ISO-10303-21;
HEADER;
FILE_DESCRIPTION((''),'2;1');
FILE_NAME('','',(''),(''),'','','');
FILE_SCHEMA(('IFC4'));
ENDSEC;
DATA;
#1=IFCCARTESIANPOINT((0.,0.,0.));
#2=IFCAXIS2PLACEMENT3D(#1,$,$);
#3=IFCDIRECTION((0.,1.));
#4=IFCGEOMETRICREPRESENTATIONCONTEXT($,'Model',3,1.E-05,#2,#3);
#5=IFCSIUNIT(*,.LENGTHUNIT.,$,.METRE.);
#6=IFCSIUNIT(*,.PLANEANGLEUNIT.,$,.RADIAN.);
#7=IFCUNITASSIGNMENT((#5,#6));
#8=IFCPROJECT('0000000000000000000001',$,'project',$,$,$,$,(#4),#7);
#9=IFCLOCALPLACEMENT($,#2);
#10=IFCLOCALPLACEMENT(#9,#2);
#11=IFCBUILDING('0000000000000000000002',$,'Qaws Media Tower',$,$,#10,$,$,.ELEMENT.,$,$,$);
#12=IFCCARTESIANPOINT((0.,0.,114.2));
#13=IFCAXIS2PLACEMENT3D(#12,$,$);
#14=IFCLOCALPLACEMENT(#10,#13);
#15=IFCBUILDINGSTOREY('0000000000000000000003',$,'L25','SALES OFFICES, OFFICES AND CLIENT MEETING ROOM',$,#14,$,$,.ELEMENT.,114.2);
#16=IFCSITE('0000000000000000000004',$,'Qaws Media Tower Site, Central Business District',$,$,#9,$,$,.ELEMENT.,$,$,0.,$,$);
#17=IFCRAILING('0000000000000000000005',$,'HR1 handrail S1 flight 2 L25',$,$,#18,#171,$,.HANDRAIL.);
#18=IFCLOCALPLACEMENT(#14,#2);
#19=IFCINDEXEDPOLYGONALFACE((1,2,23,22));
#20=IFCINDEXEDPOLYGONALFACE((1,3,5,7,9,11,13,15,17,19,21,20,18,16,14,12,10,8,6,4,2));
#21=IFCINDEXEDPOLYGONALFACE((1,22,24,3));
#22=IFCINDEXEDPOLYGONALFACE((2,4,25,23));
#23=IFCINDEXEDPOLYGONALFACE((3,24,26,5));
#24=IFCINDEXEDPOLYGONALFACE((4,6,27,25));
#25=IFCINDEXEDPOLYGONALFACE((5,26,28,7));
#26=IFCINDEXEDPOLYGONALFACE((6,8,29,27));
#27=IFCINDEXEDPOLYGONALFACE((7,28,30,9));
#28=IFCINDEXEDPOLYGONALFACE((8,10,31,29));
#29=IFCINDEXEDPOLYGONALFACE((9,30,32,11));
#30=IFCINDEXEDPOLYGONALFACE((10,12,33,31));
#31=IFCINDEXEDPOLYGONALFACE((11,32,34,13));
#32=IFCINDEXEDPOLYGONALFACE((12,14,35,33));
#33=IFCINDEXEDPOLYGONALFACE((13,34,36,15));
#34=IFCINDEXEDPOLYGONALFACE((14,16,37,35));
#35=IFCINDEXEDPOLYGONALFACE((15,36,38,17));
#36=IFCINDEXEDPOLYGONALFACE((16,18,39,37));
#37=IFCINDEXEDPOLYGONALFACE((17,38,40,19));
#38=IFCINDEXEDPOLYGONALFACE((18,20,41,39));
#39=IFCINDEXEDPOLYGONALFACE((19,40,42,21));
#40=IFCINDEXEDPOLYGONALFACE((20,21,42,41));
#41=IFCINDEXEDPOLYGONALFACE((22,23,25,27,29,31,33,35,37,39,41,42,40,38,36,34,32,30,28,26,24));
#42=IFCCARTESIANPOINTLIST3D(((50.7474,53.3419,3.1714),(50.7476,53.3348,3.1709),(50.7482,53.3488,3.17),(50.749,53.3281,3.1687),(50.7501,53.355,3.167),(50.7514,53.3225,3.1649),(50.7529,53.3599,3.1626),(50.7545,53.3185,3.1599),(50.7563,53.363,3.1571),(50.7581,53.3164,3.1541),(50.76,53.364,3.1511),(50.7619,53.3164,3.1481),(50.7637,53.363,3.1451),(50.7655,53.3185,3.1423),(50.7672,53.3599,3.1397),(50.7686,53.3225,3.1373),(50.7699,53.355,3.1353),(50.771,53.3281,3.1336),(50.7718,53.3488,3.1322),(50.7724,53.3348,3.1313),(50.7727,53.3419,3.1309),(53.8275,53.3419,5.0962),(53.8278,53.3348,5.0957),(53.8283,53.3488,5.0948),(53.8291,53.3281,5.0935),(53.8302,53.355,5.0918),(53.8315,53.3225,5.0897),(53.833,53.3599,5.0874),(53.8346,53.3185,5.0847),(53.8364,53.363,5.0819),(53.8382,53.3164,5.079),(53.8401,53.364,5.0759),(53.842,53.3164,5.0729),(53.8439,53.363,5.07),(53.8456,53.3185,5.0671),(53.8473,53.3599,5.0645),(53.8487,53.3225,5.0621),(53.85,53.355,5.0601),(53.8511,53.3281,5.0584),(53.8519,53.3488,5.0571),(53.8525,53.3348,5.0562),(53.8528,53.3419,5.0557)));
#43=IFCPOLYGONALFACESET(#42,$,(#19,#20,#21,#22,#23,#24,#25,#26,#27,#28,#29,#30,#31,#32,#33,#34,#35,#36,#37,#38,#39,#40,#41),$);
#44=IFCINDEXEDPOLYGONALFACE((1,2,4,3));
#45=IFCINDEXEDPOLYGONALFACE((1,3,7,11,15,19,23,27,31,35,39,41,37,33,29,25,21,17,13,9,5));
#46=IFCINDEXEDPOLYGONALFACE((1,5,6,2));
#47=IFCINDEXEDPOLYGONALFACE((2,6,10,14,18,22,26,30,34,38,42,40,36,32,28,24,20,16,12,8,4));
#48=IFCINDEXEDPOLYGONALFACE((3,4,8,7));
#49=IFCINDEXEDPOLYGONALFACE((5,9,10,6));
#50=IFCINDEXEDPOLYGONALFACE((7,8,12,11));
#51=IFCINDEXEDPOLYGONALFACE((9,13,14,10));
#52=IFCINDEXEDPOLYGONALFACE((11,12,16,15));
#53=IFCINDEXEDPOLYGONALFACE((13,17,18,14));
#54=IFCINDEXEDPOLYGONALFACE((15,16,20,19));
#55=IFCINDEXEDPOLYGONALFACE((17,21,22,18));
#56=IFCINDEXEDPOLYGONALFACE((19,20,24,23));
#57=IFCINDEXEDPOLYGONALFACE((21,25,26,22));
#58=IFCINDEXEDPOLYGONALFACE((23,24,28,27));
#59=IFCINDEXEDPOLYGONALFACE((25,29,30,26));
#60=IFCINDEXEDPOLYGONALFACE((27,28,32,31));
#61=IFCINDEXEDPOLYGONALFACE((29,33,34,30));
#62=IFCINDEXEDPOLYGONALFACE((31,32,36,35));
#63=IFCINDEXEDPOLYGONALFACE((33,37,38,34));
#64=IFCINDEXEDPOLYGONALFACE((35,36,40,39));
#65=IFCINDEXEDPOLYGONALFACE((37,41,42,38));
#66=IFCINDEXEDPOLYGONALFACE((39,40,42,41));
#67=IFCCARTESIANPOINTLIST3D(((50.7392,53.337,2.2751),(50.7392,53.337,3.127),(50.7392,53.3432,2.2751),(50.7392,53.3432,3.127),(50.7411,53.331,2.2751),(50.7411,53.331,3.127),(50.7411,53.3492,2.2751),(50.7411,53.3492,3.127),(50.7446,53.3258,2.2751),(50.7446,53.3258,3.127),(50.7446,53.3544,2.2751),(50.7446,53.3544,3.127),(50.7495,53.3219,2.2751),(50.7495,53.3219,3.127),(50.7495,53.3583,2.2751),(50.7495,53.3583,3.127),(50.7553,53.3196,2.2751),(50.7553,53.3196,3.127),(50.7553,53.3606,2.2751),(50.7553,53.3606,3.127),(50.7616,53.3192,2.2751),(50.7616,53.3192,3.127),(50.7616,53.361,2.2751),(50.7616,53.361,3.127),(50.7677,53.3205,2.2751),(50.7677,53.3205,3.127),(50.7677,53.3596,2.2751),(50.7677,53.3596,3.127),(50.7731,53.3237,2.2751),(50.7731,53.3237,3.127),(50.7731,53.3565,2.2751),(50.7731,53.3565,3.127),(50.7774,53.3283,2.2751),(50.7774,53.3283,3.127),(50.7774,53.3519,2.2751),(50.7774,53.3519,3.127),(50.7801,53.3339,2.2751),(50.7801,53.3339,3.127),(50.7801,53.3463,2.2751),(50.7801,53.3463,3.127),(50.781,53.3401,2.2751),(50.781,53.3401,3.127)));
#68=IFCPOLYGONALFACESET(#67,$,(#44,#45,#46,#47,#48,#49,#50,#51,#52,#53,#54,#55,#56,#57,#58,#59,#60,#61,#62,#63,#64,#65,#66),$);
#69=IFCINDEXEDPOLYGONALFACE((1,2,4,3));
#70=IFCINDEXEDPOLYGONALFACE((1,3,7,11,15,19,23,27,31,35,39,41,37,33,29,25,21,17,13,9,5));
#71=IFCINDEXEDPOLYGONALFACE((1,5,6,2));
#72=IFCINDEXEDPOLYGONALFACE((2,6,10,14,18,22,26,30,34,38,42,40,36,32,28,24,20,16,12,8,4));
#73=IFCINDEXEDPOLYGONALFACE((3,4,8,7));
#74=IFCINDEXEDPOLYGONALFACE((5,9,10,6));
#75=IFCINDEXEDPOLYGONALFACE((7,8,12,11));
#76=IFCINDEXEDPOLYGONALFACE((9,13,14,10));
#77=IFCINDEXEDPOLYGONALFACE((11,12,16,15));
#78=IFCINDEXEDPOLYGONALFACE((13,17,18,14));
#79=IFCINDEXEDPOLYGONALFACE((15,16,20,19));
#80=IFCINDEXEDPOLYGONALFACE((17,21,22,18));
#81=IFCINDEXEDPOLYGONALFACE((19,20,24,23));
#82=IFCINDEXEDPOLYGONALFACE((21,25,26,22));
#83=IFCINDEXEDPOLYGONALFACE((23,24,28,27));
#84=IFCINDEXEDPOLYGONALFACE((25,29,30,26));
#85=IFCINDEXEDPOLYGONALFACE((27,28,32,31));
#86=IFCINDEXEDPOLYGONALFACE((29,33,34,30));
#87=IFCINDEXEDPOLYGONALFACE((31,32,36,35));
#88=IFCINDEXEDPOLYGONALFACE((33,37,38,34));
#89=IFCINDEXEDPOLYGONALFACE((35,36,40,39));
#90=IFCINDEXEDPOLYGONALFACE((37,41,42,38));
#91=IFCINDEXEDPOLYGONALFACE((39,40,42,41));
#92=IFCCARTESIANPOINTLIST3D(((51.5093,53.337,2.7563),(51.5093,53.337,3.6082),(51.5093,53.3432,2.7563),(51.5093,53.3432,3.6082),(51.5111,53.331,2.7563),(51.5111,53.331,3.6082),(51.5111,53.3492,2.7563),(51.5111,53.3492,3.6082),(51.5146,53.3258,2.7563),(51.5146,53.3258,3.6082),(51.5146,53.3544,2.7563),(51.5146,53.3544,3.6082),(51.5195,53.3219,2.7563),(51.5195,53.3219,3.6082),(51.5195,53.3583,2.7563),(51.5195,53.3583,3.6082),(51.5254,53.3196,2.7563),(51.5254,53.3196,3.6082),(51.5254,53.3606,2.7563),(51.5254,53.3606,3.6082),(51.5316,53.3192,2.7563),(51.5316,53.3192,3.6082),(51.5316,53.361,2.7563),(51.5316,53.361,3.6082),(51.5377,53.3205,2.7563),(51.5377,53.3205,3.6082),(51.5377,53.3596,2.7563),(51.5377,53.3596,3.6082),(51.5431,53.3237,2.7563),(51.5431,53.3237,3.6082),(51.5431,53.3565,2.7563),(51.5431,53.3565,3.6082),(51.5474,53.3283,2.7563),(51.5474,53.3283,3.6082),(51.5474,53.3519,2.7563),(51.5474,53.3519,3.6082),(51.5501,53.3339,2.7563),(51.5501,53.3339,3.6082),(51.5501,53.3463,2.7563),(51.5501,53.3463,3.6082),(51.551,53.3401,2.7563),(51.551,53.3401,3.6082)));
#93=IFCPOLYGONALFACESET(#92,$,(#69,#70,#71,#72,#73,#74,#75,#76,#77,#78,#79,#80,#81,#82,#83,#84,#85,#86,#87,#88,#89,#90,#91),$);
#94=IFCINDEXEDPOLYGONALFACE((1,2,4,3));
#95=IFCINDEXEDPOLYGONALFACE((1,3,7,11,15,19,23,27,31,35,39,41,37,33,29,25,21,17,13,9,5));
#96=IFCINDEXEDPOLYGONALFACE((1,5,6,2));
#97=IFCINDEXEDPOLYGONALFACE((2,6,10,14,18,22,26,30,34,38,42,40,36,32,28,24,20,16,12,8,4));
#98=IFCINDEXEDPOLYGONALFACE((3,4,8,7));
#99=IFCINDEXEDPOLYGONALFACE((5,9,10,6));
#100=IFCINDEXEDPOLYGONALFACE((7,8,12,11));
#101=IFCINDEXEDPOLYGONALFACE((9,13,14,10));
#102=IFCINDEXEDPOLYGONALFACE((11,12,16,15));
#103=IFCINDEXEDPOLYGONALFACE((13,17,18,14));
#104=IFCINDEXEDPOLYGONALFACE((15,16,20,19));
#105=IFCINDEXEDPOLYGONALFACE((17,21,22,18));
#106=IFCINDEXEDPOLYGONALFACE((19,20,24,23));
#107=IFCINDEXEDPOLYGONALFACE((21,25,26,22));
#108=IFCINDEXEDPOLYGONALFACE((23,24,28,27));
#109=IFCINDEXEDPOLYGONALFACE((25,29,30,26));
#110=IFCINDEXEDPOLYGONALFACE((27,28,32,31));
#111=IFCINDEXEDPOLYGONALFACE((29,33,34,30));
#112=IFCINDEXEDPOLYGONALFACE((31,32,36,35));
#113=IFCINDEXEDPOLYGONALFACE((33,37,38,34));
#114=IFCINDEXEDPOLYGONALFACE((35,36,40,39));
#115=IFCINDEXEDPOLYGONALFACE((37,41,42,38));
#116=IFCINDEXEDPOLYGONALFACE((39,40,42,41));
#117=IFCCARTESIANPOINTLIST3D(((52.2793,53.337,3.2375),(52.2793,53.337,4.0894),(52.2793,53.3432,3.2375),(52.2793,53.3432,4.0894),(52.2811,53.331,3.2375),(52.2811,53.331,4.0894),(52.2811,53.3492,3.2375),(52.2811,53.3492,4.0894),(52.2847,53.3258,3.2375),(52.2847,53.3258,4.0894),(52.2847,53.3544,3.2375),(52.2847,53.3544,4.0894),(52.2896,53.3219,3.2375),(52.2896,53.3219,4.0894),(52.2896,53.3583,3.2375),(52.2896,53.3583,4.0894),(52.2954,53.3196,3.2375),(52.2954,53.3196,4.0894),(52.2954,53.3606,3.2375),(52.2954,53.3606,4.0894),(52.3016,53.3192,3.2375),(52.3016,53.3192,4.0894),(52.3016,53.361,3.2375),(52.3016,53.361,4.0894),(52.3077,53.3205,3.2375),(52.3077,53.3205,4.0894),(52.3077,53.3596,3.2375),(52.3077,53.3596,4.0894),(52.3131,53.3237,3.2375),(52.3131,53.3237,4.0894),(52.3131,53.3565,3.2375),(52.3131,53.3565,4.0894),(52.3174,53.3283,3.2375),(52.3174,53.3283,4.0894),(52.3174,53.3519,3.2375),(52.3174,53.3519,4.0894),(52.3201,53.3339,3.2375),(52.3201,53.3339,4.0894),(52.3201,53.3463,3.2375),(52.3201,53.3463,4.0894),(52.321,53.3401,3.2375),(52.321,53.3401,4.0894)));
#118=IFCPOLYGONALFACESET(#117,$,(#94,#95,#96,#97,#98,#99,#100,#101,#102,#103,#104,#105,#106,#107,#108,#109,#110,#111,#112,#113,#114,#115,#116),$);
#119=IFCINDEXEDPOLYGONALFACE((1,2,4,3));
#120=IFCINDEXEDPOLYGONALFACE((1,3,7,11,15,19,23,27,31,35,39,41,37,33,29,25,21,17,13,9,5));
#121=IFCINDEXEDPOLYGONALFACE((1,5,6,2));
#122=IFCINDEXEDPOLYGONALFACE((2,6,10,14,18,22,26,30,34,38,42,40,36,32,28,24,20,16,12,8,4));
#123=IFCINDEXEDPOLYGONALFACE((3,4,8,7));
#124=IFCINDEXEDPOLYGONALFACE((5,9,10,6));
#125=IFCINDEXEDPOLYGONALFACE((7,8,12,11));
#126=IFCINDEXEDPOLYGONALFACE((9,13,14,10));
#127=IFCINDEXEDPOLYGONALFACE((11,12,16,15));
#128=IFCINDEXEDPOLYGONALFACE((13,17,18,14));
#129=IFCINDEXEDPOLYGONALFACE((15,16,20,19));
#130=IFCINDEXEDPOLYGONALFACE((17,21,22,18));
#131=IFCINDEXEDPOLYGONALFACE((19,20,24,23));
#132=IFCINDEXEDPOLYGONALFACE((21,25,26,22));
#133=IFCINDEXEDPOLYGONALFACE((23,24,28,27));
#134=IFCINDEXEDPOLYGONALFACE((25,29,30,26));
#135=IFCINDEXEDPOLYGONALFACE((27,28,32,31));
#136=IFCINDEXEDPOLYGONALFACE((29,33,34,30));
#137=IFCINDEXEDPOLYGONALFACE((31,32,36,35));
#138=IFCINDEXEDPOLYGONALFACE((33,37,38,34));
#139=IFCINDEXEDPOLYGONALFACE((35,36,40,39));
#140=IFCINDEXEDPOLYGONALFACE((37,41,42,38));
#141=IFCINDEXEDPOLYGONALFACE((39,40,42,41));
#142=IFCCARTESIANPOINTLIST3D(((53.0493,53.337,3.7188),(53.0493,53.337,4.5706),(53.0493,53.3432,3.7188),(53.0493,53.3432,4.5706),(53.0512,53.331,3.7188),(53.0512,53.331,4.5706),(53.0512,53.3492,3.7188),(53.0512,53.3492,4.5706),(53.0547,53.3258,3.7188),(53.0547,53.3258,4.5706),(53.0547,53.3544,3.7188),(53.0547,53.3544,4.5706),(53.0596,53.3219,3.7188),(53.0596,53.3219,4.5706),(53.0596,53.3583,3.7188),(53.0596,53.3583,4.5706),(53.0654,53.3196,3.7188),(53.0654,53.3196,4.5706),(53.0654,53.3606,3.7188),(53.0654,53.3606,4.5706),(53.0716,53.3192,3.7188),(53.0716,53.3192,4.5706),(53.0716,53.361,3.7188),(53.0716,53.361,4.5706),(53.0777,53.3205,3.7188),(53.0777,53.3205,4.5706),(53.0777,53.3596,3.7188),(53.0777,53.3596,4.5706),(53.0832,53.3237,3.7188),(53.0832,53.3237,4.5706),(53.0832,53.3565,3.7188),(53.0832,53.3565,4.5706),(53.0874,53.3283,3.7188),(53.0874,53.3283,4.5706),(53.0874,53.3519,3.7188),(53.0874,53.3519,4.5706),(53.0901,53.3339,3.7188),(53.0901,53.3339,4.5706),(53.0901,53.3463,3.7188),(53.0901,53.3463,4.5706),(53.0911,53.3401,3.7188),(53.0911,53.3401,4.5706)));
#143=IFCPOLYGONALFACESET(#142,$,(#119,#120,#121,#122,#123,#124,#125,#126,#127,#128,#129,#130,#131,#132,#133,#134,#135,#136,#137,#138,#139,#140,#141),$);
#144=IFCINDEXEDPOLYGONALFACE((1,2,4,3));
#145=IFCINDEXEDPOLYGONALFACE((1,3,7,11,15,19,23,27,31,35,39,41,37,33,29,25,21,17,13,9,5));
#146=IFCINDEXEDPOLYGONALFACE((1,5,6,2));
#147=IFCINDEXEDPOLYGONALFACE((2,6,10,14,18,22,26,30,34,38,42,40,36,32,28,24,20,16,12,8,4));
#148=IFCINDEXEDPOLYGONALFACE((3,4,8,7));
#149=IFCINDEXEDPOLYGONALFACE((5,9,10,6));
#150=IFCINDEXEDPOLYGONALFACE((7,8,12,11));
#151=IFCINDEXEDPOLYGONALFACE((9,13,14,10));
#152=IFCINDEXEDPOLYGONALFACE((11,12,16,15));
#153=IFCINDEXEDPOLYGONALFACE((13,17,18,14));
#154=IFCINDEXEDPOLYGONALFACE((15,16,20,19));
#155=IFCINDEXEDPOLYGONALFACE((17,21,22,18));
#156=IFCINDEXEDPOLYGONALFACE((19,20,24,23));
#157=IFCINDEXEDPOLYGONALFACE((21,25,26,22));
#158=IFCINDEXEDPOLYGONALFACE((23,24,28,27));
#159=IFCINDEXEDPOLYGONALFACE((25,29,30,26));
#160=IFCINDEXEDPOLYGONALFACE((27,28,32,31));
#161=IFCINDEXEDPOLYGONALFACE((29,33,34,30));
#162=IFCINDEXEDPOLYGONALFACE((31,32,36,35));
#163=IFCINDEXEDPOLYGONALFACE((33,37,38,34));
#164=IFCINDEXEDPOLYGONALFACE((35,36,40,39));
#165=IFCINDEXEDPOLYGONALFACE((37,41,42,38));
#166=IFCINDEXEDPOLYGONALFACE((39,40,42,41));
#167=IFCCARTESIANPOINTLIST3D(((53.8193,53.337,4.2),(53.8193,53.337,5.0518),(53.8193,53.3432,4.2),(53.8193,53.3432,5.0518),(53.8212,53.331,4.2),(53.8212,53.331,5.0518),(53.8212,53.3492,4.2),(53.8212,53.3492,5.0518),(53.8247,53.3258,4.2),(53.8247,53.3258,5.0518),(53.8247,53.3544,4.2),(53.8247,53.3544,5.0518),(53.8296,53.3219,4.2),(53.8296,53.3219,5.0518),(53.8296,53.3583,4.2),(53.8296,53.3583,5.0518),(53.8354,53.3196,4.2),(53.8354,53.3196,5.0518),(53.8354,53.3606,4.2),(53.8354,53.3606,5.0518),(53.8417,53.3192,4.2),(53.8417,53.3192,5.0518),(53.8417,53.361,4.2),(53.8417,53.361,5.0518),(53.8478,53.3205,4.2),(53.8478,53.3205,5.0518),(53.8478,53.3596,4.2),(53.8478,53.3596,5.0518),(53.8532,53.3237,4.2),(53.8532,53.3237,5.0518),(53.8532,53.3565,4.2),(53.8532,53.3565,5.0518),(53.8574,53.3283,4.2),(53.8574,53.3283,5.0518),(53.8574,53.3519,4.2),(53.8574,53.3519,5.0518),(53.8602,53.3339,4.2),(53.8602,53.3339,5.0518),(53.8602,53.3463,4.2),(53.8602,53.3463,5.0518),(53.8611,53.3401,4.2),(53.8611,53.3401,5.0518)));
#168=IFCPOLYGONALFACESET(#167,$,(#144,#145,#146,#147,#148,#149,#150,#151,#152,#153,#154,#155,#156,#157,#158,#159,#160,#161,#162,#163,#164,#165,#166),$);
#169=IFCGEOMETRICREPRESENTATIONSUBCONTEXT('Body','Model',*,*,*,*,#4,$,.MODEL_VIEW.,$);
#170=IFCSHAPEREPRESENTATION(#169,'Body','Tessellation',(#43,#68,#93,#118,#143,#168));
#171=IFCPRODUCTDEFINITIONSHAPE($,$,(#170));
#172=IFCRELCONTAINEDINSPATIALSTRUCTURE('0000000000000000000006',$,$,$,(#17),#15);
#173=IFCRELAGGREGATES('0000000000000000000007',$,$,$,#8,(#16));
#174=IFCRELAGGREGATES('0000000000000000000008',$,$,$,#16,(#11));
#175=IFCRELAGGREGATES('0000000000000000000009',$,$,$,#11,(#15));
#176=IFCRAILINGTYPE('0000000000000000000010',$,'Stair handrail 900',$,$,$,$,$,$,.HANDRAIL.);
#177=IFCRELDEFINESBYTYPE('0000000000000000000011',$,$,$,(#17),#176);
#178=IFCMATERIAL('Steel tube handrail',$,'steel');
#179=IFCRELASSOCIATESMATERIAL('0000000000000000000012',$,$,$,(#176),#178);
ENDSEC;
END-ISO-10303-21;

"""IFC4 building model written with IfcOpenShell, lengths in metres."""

from ifc_helpers import new_model, si_unit, direction, frame, origin, origin_2d, place, context, subcontext, project, spatial, circle, extrude, material, type_object, element, save


model = new_model("IFC4")

# Units and contexts
model_context = context("Model", 3, precision=1e-05, world=origin(), true_north=direction((0.0, 1.0)))
body_context = subcontext(model_context, "Body", "Model", "MODEL_VIEW")
ifc_project = project(units=[si_unit("LENGTHUNIT", "METRE"), si_unit("PLANEANGLEUNIT", "RADIAN")], contexts=[model_context])

# Site, building, storey
site_placement = place(None, origin())
site = spatial("IfcSite", under=ifc_project, at=site_placement, Name="Qaws Media Tower Site, Central Business District", CompositionType="ELEMENT", RefElevation=0.0)
building_placement = place(site_placement, origin())
building = spatial("IfcBuilding", under=site, at=building_placement, Name="Qaws Media Tower", CompositionType="ELEMENT")
storey_placement = place(building_placement, frame((0.0, 0.0, 114.2)))
storey = spatial("IfcBuildingStorey", under=building, at=storey_placement, Name="L25", Description="SALES OFFICES, OFFICES AND CLIENT MEETING ROOM", CompositionType="ELEMENT", Elevation=114.2)

# Railing
ifc_material_1 = material(Name="Steel tube handrail", Category="steel")
railing_type = type_object("IfcRailingType", Name="Stair handrail 900", PredefinedType="HANDRAIL", material=ifc_material_1)
for number, where, name in (
    (1, (50.76, 53.3401, 2.2751), "HR1 handrail S1 flight 2 L25"),
):
    element("IfcRailing", number, at=place(storey_placement, frame(where)), inside=storey, type_object=railing_type, Name=name, PredefinedType="HANDRAIL", context=body_context, shape_type="SweptSolid", body=[
        extrude(circle(Radius=0.0239, at=origin_2d()), frame((0.0, 0.0, 0.876), z_axis=(0.848029, 0.0, 0.529951), x_axis=(0.0, 1.0, 0.0)), (0.0, 0.0, 1.0), 3.6321),
        extrude(circle(Radius=0.021, at=origin_2d()), origin(), (0.0, 0.0, 1.0), 0.8518),
        extrude(circle(Radius=0.021, at=origin_2d()), frame((0.77, 0.0, 0.4812)), (0.0, 0.0, 1.0), 0.8518),
        extrude(circle(Radius=0.021, at=origin_2d()), frame((1.54, 0.0, 0.9624)), (0.0, 0.0, 1.0), 0.8518),
        extrude(circle(Radius=0.021, at=origin_2d()), frame((2.3101, 0.0, 1.4436)), (0.0, 0.0, 1.0), 0.8518),
        extrude(circle(Radius=0.021, at=origin_2d()), frame((3.0801, 0.0, 1.9248)), (0.0, 0.0, 1.0), 0.8518),
    ])

save(model, "model.ifc")
